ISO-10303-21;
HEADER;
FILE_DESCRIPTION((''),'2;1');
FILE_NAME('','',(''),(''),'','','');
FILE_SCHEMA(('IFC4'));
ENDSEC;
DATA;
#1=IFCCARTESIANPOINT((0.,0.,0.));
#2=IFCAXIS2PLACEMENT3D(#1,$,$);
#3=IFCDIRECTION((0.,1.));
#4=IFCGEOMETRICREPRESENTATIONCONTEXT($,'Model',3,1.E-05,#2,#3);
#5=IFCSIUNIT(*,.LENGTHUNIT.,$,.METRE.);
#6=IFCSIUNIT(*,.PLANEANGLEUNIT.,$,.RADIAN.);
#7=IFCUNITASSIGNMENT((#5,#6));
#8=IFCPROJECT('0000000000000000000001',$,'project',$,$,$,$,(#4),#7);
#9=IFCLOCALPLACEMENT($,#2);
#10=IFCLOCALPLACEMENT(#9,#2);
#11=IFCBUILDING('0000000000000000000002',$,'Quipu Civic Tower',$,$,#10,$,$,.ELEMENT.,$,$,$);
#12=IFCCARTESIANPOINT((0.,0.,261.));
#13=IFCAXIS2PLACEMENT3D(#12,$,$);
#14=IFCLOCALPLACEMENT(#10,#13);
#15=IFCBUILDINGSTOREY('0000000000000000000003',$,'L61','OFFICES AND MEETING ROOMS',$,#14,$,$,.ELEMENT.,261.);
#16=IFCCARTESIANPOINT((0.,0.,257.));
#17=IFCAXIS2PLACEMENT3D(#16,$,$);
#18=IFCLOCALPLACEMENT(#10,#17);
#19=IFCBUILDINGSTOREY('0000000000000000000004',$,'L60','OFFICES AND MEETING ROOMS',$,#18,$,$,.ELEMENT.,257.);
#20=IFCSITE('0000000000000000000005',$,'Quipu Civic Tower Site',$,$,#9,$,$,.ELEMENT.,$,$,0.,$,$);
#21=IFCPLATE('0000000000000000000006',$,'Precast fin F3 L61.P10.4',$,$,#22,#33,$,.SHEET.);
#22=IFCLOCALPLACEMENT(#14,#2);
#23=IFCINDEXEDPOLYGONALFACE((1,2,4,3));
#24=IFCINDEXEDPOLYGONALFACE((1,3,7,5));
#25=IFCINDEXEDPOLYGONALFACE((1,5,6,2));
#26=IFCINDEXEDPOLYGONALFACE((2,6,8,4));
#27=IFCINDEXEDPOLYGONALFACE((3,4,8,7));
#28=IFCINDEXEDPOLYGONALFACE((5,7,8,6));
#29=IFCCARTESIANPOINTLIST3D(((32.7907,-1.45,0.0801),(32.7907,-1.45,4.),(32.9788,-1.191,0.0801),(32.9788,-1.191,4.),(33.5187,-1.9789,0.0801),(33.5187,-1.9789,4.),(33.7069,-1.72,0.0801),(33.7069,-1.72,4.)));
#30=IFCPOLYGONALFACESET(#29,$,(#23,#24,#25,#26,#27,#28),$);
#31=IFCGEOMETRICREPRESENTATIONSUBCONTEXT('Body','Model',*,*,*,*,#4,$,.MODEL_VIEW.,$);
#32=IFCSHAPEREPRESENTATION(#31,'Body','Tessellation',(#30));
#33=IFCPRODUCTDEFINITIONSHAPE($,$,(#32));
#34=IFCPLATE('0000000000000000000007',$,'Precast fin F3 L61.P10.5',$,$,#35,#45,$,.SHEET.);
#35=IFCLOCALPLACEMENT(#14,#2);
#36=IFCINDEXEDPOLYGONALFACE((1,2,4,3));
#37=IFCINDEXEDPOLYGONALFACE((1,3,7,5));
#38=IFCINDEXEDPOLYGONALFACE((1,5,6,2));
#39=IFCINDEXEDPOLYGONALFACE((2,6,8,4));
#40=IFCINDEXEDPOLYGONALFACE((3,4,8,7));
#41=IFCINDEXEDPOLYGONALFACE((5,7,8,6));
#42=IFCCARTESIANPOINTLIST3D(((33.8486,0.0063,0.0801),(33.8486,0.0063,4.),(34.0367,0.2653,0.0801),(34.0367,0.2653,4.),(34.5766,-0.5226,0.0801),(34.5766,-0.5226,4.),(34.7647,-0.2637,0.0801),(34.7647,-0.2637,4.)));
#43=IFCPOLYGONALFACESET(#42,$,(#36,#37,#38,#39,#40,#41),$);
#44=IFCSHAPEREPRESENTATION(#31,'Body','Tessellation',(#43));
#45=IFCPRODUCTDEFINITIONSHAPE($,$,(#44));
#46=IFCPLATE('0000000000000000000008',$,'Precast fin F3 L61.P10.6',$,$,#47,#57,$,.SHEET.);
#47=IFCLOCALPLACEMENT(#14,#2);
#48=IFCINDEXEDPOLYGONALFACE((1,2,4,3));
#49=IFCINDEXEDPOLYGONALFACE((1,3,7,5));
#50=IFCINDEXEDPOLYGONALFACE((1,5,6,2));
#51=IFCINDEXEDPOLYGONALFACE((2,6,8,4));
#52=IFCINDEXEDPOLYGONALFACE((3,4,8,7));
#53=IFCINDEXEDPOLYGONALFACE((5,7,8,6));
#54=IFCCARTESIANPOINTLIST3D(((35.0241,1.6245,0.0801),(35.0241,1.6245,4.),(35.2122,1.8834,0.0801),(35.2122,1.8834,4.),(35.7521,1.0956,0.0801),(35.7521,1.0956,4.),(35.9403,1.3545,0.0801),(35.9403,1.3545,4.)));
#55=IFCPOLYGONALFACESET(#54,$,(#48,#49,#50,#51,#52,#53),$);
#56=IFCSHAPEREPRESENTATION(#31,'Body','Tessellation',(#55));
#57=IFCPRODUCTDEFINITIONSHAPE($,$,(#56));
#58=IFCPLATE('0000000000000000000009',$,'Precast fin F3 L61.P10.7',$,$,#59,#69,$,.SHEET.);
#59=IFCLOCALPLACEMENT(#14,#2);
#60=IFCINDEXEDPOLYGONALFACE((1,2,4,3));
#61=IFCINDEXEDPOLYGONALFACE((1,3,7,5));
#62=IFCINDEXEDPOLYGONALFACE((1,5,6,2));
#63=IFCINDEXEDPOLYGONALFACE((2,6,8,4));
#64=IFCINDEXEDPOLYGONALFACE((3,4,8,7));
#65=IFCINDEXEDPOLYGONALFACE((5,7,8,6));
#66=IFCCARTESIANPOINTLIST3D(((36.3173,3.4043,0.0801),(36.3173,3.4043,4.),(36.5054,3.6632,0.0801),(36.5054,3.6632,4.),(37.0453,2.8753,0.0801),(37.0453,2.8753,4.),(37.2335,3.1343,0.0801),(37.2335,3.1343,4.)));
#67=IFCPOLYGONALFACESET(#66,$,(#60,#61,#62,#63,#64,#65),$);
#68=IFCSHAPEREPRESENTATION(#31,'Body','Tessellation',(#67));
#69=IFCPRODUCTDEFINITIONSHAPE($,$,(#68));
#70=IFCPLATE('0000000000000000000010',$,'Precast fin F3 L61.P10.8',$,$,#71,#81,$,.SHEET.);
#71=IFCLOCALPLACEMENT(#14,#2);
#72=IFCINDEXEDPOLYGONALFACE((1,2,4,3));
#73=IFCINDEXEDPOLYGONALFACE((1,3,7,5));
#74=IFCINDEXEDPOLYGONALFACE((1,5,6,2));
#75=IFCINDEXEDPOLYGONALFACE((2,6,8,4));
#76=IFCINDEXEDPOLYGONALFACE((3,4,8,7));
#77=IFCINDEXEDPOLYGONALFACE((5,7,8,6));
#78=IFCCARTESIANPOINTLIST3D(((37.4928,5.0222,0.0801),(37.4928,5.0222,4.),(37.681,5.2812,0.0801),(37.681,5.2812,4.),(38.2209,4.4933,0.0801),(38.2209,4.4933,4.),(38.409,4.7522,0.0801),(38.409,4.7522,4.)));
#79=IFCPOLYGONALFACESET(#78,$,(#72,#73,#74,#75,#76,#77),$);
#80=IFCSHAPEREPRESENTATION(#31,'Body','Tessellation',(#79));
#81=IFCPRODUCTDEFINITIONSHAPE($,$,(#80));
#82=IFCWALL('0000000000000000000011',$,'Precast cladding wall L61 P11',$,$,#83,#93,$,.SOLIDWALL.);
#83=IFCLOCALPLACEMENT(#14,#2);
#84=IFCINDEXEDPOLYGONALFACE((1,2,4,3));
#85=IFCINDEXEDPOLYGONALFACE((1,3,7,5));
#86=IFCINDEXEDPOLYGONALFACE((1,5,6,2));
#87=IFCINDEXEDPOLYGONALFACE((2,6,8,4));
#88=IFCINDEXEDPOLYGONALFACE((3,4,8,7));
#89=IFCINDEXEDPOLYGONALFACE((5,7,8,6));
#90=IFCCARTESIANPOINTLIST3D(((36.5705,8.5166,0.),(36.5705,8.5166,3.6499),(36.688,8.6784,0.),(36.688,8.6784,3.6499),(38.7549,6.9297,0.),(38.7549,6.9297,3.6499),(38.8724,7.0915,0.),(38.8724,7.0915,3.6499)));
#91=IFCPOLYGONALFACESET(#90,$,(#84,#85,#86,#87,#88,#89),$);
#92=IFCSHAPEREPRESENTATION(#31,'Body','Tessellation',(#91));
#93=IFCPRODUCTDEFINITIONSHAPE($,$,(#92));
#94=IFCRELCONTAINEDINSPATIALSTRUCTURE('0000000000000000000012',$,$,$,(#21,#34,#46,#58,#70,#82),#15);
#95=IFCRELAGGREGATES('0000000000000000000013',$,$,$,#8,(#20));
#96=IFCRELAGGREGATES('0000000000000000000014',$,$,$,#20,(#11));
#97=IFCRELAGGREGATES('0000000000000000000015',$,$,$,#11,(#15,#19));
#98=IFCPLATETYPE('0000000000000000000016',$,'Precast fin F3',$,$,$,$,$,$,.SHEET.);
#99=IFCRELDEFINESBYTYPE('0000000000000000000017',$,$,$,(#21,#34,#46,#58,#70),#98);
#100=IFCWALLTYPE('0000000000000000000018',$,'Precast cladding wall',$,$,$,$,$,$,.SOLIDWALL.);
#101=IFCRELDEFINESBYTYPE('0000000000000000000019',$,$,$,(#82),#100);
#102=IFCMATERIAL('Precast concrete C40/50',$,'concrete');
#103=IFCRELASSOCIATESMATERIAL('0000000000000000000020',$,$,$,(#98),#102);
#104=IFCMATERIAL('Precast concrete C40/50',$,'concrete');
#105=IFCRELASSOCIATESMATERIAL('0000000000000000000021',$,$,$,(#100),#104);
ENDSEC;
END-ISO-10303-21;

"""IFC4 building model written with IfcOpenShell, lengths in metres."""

from ifc_helpers import new_model, si_unit, direction, frame, frame_2d, origin, origin_2d, place, context, subcontext, project, spatial, rectangle, extrude, material, type_object, element, save


model = new_model("IFC4")

# Units and contexts
model_context = context("Model", 3, precision=1e-05, world=origin(), true_north=direction((0.0, 1.0)))
body_context = subcontext(model_context, "Body", "Model", "MODEL_VIEW")
ifc_project = project(units=[si_unit("LENGTHUNIT", "METRE"), si_unit("PLANEANGLEUNIT", "RADIAN")], contexts=[model_context])

# Site, building, storey
site_placement = place(None, origin())
site = spatial("IfcSite", under=ifc_project, at=site_placement, Name="Quipu Civic Tower Site", CompositionType="ELEMENT", RefElevation=0.0)
building_placement = place(site_placement, origin())
building = spatial("IfcBuilding", under=site, at=building_placement, Name="Quipu Civic Tower", CompositionType="ELEMENT")
storey_1_placement = place(building_placement, frame((0.0, 0.0, 261.0)))
storey_1 = spatial("IfcBuildingStorey", under=building, at=storey_1_placement, Name="L61", Description="OFFICES AND MEETING ROOMS", CompositionType="ELEMENT", Elevation=261.0)

# Shared definitions
storey_2_placement = place(building_placement, frame((0.0, 0.0, 257.0)))
storey_2 = spatial("IfcBuildingStorey", under=building, at=storey_2_placement, Name="L60", Description="OFFICES AND MEETING ROOMS", CompositionType="ELEMENT", Elevation=257.0)

# Plates
ifc_material_1 = material(Name="Precast concrete C40/50", Category="concrete")
plate_type_1 = type_object("IfcPlateType", Name="Precast fin F3", PredefinedType="SHEET", material=ifc_material_1)
for number, where, z_axis, x_axis, name in (
    (1, (33.2488, -1.585, 0.0801), (0.0, 0.0, 1.0), (0.587787, 0.809016, 0.0), "Precast fin F3 L61.P10.4"),
    (2, (34.3066, -0.1287, 0.0801), (0.0, 0.0, 1.0), (0.587787, 0.809016, 0.0), "Precast fin F3 L61.P10.5"),
    (3, (35.4822, 1.4895, 0.0801), (0.0, 0.0, 1.0), (0.587787, 0.809016, 0.0), "Precast fin F3 L61.P10.6"),
    (4, (36.7754, 3.2693, 0.0801), (0.0, 0.0, 1.0), (0.587787, 0.809016, 0.0), "Precast fin F3 L61.P10.7"),
    (5, (37.9509, 4.8872, 0.0801), (0.0, 0.0, 1.0), (0.587787, 0.809016, 0.0), "Precast fin F3 L61.P10.8"),
):
    element("IfcPlate", number, at=place(storey_1_placement, frame(where, z_axis=z_axis, x_axis=x_axis)), inside=storey_1, type_object=plate_type_1, Name=name, PredefinedType="SHEET", context=body_context, shape_type="SweptSolid", body=[
        extrude(rectangle(XDim=0.3201, YDim=0.8999, at=origin_2d()), origin(), (0.0, 0.0, 1.0), 3.9199),
    ])

# Wall
ifc_material_2 = material(Name="Precast concrete C40/50", Category="concrete")
wall_type = type_object("IfcWallType", Name="Precast cladding wall", PredefinedType="SOLIDWALL", material=ifc_material_2)
wall_placement = place(storey_1_placement, frame((38.8137, 7.0105, 0.0), z_axis=(0.0, 0.0, 1.0), x_axis=(-0.809033, 0.587763, 0.0)))
element("IfcWall", 6, at=wall_placement, inside=storey_1, type_object=wall_type, Name="Precast cladding wall L61 P11", PredefinedType="SOLIDWALL", context=body_context, shape_type="SweptSolid", body=[
    extrude(rectangle(XDim=2.7, YDim=0.2, at=frame_2d((1.3501, 0.0))), origin(), (0.0, 0.0, 1.0), 3.6499),
])

save(model, "model.ifc")
